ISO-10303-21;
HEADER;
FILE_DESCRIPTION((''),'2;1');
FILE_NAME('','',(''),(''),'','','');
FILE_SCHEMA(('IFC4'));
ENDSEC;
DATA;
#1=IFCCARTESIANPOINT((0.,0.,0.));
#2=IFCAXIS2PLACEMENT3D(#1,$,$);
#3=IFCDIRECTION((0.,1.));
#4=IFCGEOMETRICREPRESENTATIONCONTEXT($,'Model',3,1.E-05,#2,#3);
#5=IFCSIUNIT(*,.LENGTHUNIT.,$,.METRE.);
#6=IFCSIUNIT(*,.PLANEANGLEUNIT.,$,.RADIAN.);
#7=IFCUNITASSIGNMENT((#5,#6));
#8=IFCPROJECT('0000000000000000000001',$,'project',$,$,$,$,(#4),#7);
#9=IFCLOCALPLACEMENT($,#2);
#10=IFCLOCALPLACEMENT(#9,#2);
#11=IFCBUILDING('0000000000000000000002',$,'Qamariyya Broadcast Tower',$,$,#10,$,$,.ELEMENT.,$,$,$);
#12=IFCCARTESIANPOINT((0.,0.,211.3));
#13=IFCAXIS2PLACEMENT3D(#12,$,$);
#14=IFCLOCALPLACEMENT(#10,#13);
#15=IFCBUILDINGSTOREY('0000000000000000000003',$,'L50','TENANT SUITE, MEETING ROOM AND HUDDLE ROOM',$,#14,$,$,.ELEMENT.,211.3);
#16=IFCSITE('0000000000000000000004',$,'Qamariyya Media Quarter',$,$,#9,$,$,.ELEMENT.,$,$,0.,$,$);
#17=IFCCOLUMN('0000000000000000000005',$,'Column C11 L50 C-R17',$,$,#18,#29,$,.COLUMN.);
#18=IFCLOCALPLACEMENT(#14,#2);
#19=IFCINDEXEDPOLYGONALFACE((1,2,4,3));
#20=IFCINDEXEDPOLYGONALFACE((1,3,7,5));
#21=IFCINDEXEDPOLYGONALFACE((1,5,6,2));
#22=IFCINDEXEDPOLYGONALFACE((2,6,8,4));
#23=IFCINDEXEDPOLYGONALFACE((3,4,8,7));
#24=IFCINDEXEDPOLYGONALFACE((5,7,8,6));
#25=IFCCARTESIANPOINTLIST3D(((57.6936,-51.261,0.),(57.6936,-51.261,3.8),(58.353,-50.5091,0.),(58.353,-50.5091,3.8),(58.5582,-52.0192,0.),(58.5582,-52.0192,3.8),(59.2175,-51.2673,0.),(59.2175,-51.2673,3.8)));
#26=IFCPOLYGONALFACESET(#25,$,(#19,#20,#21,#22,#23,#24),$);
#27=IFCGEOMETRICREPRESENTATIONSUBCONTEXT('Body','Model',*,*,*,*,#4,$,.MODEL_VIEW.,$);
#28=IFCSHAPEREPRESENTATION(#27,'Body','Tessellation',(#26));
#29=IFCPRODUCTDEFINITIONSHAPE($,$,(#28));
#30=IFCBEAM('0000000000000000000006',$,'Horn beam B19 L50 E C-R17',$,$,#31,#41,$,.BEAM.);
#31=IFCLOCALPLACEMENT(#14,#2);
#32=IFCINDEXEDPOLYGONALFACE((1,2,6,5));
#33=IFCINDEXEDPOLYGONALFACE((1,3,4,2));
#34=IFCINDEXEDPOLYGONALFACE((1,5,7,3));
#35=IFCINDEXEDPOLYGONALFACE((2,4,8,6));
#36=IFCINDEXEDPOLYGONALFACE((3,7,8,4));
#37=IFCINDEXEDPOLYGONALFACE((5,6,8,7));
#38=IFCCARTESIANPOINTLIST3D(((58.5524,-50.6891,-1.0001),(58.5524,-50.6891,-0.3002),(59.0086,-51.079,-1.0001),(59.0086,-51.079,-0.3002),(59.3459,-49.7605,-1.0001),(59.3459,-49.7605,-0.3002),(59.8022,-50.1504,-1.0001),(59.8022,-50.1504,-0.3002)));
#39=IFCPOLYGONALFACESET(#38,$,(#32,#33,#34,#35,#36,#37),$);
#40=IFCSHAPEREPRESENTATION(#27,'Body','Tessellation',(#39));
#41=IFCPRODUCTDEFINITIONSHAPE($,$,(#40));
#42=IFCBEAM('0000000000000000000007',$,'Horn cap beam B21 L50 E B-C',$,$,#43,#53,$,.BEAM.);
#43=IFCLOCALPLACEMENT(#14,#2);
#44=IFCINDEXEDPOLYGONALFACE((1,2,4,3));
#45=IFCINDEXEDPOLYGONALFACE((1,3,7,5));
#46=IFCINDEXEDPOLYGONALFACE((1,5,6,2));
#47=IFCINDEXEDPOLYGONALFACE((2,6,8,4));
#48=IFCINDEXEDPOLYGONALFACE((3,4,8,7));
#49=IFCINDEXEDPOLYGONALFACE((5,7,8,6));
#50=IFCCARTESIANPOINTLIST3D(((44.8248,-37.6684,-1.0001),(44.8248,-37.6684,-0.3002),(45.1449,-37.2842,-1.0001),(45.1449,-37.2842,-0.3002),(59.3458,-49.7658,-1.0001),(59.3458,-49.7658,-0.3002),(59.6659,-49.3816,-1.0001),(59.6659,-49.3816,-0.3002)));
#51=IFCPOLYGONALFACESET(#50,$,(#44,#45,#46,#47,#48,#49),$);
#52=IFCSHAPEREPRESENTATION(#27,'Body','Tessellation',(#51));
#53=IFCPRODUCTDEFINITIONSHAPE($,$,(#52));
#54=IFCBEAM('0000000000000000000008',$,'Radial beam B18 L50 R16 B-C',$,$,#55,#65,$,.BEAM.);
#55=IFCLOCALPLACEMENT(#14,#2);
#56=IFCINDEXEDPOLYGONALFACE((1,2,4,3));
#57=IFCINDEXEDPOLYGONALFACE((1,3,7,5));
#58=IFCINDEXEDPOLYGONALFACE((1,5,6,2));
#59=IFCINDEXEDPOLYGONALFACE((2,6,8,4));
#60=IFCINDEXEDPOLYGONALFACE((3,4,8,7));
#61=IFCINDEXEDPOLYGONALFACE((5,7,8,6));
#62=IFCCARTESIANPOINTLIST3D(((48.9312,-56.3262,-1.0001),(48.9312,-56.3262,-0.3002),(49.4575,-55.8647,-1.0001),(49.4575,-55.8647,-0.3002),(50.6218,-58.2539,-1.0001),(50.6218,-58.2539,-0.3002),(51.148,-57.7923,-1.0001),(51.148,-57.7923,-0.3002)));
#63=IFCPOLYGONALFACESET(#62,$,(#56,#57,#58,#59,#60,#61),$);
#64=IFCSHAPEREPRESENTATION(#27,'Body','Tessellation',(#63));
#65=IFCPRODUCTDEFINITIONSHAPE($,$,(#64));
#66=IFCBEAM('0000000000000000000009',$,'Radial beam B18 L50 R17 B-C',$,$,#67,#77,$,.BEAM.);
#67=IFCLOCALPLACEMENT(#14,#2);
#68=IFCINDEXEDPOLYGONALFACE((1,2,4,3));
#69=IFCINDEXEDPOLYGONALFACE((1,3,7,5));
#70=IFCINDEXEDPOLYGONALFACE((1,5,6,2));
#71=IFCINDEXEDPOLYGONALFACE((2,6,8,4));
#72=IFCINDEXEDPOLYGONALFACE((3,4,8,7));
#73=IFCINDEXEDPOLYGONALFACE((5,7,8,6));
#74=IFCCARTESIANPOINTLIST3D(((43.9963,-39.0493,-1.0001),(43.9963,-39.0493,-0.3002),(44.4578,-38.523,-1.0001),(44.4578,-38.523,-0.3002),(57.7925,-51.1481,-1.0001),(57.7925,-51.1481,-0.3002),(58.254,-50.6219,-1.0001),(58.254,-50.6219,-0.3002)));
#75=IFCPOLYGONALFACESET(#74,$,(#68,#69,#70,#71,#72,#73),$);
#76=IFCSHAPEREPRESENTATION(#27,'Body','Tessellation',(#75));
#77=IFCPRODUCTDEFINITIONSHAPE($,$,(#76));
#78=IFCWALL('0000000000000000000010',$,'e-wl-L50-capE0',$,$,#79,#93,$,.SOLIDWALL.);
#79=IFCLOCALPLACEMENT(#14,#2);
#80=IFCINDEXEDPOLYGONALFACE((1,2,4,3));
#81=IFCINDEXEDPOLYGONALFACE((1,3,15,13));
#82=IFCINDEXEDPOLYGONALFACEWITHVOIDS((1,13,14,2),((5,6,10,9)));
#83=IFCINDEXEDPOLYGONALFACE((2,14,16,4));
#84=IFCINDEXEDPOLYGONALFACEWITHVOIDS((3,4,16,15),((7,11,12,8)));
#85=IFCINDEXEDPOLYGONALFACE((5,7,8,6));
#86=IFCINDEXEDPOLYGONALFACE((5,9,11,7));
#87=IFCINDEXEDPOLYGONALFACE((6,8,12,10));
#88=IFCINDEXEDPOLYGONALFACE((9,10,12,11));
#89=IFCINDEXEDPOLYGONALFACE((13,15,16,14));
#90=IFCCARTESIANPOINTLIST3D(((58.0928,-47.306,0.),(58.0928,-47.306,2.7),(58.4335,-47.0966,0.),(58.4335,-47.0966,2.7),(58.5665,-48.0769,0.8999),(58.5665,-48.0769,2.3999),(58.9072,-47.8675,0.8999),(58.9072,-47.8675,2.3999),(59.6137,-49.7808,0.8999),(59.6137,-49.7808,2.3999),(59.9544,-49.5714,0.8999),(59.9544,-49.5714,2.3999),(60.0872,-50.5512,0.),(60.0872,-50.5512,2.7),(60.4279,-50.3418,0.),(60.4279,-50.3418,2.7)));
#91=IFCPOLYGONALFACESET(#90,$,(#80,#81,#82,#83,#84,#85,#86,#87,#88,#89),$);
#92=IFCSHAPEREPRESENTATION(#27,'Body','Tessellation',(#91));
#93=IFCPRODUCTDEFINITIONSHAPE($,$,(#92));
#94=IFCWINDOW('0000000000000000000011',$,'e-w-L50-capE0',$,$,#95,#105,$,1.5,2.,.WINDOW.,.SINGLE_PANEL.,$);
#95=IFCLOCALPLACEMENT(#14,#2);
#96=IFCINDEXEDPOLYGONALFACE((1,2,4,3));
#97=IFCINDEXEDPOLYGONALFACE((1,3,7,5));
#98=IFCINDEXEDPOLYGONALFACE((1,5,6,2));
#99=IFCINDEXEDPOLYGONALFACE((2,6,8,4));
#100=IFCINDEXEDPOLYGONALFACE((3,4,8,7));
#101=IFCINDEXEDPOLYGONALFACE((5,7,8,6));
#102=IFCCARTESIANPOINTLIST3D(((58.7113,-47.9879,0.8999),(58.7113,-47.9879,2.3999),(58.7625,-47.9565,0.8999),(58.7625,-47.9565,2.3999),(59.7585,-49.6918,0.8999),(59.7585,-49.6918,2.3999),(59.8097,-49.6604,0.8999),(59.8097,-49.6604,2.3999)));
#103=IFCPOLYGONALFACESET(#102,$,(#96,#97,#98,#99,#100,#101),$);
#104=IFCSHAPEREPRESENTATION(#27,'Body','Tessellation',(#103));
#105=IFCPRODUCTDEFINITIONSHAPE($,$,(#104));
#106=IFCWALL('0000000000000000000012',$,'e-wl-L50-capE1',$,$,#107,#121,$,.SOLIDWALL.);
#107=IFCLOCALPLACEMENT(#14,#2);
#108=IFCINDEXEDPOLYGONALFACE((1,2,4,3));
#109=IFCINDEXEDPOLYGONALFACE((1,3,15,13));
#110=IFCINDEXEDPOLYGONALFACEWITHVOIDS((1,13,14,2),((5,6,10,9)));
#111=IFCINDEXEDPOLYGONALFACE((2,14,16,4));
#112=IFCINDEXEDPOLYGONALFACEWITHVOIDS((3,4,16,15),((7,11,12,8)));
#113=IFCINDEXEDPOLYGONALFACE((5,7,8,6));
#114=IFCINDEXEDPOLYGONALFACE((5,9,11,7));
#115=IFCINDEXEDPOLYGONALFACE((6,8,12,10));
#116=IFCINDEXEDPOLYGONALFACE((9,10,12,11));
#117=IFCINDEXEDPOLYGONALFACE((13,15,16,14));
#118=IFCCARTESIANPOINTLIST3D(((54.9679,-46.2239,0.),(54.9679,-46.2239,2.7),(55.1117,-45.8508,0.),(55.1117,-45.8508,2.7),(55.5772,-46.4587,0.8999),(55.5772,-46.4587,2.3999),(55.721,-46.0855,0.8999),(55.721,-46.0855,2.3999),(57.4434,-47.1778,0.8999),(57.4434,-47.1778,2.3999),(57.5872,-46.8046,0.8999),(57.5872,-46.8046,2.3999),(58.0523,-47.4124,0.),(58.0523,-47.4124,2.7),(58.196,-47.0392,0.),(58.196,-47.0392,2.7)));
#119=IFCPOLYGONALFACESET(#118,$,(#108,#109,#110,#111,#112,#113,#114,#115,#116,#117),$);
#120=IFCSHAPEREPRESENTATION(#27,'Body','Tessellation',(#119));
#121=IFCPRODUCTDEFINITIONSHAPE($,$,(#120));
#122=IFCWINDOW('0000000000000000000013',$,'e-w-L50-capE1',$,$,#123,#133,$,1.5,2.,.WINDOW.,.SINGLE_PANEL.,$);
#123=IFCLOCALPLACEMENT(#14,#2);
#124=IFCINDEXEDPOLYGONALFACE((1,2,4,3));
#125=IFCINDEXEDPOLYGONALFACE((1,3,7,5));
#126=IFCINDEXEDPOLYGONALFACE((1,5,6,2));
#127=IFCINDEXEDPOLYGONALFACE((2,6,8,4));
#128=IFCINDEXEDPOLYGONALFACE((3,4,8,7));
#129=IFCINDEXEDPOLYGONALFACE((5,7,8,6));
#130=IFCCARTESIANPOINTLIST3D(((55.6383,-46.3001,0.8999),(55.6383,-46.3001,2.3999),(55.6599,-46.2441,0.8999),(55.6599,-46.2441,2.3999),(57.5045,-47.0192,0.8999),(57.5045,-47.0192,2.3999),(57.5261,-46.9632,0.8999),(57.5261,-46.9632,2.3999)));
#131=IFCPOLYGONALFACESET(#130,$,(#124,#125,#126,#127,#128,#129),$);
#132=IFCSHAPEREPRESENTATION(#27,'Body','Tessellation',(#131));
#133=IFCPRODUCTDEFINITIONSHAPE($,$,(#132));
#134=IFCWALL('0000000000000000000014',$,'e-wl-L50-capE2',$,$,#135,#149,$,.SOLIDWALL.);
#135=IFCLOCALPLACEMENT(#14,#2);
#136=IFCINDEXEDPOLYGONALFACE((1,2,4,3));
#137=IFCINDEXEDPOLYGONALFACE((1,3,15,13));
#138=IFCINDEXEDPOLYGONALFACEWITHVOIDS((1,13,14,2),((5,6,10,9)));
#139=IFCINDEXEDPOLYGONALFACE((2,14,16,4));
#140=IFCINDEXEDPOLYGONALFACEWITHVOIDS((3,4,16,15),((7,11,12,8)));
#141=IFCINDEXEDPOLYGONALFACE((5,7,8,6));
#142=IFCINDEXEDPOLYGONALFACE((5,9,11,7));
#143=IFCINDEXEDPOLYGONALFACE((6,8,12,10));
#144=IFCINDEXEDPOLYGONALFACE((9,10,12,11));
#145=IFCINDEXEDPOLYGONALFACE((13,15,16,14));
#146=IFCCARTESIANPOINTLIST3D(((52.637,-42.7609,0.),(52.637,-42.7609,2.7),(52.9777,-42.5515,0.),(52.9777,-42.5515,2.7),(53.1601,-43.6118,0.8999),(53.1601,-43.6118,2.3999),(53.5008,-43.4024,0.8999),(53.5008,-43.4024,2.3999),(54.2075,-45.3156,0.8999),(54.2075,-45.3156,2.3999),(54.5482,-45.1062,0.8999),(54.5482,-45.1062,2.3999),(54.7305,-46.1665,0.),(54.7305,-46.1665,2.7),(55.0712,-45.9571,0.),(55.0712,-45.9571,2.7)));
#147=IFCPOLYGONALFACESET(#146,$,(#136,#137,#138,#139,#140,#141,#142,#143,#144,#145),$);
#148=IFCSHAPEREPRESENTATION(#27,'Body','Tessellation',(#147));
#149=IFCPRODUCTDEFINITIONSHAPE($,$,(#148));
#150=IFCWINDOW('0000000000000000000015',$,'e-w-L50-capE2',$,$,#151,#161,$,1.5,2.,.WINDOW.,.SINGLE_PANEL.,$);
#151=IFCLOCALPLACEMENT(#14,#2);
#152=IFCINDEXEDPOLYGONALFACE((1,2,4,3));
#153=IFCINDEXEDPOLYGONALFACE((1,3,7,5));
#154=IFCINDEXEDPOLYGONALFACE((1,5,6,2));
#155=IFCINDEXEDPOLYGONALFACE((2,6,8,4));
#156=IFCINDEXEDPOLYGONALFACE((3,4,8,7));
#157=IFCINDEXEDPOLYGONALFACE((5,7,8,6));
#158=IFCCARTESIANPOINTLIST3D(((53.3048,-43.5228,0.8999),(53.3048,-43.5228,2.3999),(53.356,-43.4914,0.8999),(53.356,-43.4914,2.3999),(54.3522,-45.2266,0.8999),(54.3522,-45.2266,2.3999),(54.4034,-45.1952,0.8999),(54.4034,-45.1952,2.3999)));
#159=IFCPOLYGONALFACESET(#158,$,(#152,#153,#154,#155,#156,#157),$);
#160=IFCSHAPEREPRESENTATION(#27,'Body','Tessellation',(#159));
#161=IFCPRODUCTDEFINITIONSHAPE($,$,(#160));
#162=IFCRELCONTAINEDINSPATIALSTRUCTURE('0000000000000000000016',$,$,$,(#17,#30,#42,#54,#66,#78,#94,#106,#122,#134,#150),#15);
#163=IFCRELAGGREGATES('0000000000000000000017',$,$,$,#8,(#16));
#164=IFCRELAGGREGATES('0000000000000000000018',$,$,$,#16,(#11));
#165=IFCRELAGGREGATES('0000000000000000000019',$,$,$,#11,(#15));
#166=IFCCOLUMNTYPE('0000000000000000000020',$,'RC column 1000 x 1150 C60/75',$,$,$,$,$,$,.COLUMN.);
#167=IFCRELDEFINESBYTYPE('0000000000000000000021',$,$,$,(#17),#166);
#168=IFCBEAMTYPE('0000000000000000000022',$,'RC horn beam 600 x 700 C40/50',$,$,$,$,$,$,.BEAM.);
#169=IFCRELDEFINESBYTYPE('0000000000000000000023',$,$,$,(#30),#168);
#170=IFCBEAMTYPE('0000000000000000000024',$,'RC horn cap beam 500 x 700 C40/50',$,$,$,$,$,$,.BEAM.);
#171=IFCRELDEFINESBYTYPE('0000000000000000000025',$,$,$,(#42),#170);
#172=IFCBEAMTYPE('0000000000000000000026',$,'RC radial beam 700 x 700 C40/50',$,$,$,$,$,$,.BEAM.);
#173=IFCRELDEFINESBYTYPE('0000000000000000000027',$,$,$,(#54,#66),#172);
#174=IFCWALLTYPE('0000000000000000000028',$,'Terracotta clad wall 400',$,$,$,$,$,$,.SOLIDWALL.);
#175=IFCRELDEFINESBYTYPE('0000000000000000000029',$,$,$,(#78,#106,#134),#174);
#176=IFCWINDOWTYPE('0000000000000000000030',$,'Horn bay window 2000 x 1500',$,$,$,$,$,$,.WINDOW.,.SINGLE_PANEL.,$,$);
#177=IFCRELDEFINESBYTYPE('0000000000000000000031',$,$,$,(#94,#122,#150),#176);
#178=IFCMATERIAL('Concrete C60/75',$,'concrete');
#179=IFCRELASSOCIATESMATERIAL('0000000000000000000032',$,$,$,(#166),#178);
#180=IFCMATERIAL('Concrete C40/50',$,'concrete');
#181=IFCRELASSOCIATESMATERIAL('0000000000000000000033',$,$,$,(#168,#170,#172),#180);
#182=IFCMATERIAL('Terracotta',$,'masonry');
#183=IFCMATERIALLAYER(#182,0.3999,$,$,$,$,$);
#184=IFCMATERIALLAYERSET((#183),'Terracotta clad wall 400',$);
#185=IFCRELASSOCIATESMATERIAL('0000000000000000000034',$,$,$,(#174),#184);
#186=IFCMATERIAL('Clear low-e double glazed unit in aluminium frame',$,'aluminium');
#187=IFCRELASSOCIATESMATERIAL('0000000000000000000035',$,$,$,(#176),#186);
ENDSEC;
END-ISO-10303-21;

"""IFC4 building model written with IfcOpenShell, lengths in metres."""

from ifc_helpers import new_model, si_unit, direction, frame, frame_2d, origin, origin_2d, place, context, subcontext, project, spatial, rectangle, extrude, material, layer, layer_set, material_profile, profile_set, type_object, element, fill, save


model = new_model("IFC4")

# Units and contexts
model_context = context("Model", 3, precision=1e-05, world=origin(), true_north=direction((0.0, 1.0)))
body_context = subcontext(model_context, "Body", "Model", "MODEL_VIEW")
ifc_project = project(units=[si_unit("LENGTHUNIT", "METRE"), si_unit("PLANEANGLEUNIT", "RADIAN")], contexts=[model_context])

# Site, building, storey
site_placement = place(None, origin())
site = spatial("IfcSite", under=ifc_project, at=site_placement, Name="Qamariyya Media Quarter", CompositionType="ELEMENT", RefElevation=0.0)
building_placement = place(site_placement, origin())
building = spatial("IfcBuilding", under=site, at=building_placement, Name="Qamariyya Broadcast Tower", CompositionType="ELEMENT")
storey_placement = place(building_placement, frame((0.0, 0.0, 211.3)))
storey = spatial("IfcBuildingStorey", under=building, at=storey_placement, Name="L50", Description="TENANT SUITE, MEETING ROOM AND HUDDLE ROOM", CompositionType="ELEMENT", Elevation=211.3)

# Column
ifc_material_1 = material(Name="Concrete C60/75", Category="concrete")
ifc_material_profile_1 = material_profile(ifc_material_1, rectangle(XDim=1.0, YDim=1.1499, at=origin_2d()))
ifc_profile_set_1 = profile_set([ifc_material_profile_1], Name="Concrete C60/75")
column_type = type_object("IfcColumnType", Name="RC column 1000 x 1150 C60/75", PredefinedType="COLUMN", material=ifc_profile_set_1)
column_placement = place(storey_placement, frame((58.4556, -51.2642, 0.0), z_axis=(0.0, 0.0, 1.0), x_axis=(0.659346, 0.75184, 0.0)))
element("IfcColumn", 1, at=column_placement, inside=storey, type_object=column_type, Name="Column C11 L50 C-R17", PredefinedType="COLUMN", context=body_context, shape_type="SweptSolid", body=[
    extrude(rectangle(XDim=1.0, YDim=1.1499, at=origin_2d()), origin(), (0.0, 0.0, 1.0), 3.8),
])

# Beams
ifc_material_2 = material(Name="Concrete C40/50", Category="concrete")
ifc_material_profile_2 = material_profile(ifc_material_2, rectangle(XDim=0.6001, YDim=0.7, at=origin_2d()))
ifc_profile_set_2 = profile_set([ifc_material_profile_2], Name="Concrete C40/50")
beam_type_1 = type_object("IfcBeamType", Name="RC horn beam 600 x 700 C40/50", PredefinedType="BEAM", material=ifc_profile_set_2)
beam_1_placement = place(storey_placement, frame((58.7805, -50.884, -0.6501), z_axis=(0.649671, 0.760215, 0.0), x_axis=(-0.760215, 0.649671, 0.0)))
element("IfcBeam", 2, at=beam_1_placement, inside=storey, type_object=beam_type_1, Name="Horn beam B19 L50 E C-R17", PredefinedType="BEAM", context=body_context, shape_type="SweptSolid", body=[
    extrude(rectangle(XDim=0.6001, YDim=0.7, at=origin_2d()), origin(), (0.0, 0.0, 1.0), 1.2214),
])
ifc_material_profile_3 = material_profile(ifc_material_2, rectangle(XDim=0.5, YDim=0.7, at=origin_2d()))
ifc_profile_set_3 = profile_set([ifc_material_profile_3], Name="Concrete C40/50")
beam_type_2 = type_object("IfcBeamType", Name="RC horn cap beam 500 x 700 C40/50", PredefinedType="BEAM", material=ifc_profile_set_3)
beam_2_placement = place(storey_placement, frame((44.9849, -37.4763, -0.6501), z_axis=(0.76831, -0.640078, 0.0), x_axis=(0.640078, 0.76831, 0.0)))
element("IfcBeam", 3, at=beam_2_placement, inside=storey, type_object=beam_type_2, Name="Horn cap beam B21 L50 E B-C", PredefinedType="BEAM", context=body_context, shape_type="SweptSolid", body=[
    extrude(rectangle(XDim=0.5, YDim=0.7, at=origin_2d()), origin(), (0.0, 0.0, 1.0), 18.8999),
])
ifc_material_profile_4 = material_profile(ifc_material_2, rectangle(XDim=0.7, YDim=0.7, at=origin_2d()))
ifc_profile_set_4 = profile_set([ifc_material_profile_4], Name="Concrete C40/50")
beam_type_3 = type_object("IfcBeamType", Name="RC radial beam 700 x 700 C40/50", PredefinedType="BEAM", material=ifc_profile_set_4)
beam_3_placement = place(storey_placement, frame((49.1943, -56.0955, -0.6501), z_axis=(0.659367, -0.751821, 0.0), x_axis=(0.751821, 0.659367, 0.0)))
element("IfcBeam", 4, at=beam_3_placement, inside=storey, type_object=beam_type_3, Name="Radial beam B18 L50 R16 B-C", PredefinedType="BEAM", context=body_context, shape_type="SweptSolid", body=[
    extrude(rectangle(XDim=0.7, YDim=0.7, at=origin_2d()), origin(), (0.0, 0.0, 1.0), 2.564),
])
beam_4_placement = place(storey_placement, frame((44.2271, -38.7861, -0.6501), z_axis=(0.75184, -0.659345, 0.0), x_axis=(0.659345, 0.75184, 0.0)))
element("IfcBeam", 5, at=beam_4_placement, inside=storey, type_object=beam_type_3, Name="Radial beam B18 L50 R17 B-C", PredefinedType="BEAM", context=body_context, shape_type="SweptSolid", body=[
    extrude(rectangle(XDim=0.7, YDim=0.7, at=origin_2d()), origin(), (0.0, 0.0, 1.0), 18.3499),
])

# Walls, openings, windows
ifc_material_3 = material(Name="Terracotta", Category="masonry")
ifc_layer = layer(ifc_material_3, 0.3999)
ifc_layer_set = layer_set([ifc_layer], Name="Terracotta clad wall 400")
wall_type = type_object("IfcWallType", Name="Terracotta clad wall 400", PredefinedType="SOLIDWALL", material=ifc_layer_set)
wall_1_placement = place(storey_placement, frame((60.2576, -50.4465, 0.0), z_axis=(0.0, 0.0, 1.0), x_axis=(-0.5236, 0.851964, 0.0)))
wall_1 = element("IfcWall", 6, at=wall_1_placement, inside=storey, type_object=wall_type, Name="e-wl-L50-capE0", PredefinedType="SOLIDWALL", context=body_context, shape_type="SweptSolid", body=[
    extrude(rectangle(XDim=3.8091, YDim=0.3999, at=frame_2d((1.9045, 0.0))), origin(), (0.0, 0.0, 1.0), 2.7),
])
opening_1_placement = place(wall_1_placement, frame((0.9043, 0.0, 0.8999)))
opening_1 = element("IfcOpeningElement", 7, at=opening_1_placement, cuts=wall_1, PredefinedType="OPENING", context=body_context, shape_type="SweptSolid", body=[
    extrude(rectangle(XDim=2.0, YDim=1.5, at=frame_2d((1.0, 0.75))), frame((0.0, 0.21, 0.0), z_axis=(0.0, -1.0, 0.0), x_axis=(1.0, 0.0, 0.0)), (0.0, 0.0, 1.0), 0.4199),
])
ifc_material_4 = material(Name="Clear low-e double glazed unit in aluminium frame", Category="aluminium")
window_type = type_object("IfcWindowType", Name="Horn bay window 2000 x 1500", PartitioningType="SINGLE_PANEL", PredefinedType="WINDOW", material=ifc_material_4)
window_1_placement = place(opening_1_placement, origin())
window_1 = element("IfcWindow", 8, at=window_1_placement, inside=storey, type_object=window_type, Name="e-w-L50-capE0", OverallHeight=1.5, OverallWidth=2.0, PartitioningType="SINGLE_PANEL", PredefinedType="WINDOW", context=body_context, shape_type="SweptSolid", body=[
    extrude(rectangle(XDim=2.0, YDim=1.5, at=frame_2d((1.0, 0.75))), frame((0.0, 0.03, 0.0), z_axis=(0.0, -1.0, 0.0), x_axis=(1.0, 0.0, 0.0)), (0.0, 0.0, 1.0), 0.0601),
])
fill(opening_1, window_1)
wall_2_placement = place(storey_placement, frame((58.1243, -47.2258, 0.0), z_axis=(0.0, 0.0, 1.0), x_axis=(-0.933128, 0.359543, 0.0)))
wall_2 = element("IfcWall", 9, at=wall_2_placement, inside=storey, type_object=wall_type, Name="e-wl-L50-capE1", PredefinedType="SOLIDWALL", context=body_context, shape_type="SweptSolid", body=[
    extrude(rectangle(XDim=3.3054, YDim=0.3999, at=frame_2d((1.6528, 0.0))), origin(), (0.0, 0.0, 1.0), 2.7),
])
opening_2_placement = place(wall_2_placement, frame((0.6526, 0.0, 0.8999)))
opening_2 = element("IfcOpeningElement", 10, at=opening_2_placement, cuts=wall_2, PredefinedType="OPENING", context=body_context, shape_type="SweptSolid", body=[
    extrude(rectangle(XDim=2.0, YDim=1.5, at=frame_2d((1.0, 0.75))), frame((0.0, 0.21, 0.0), z_axis=(0.0, -1.0, 0.0), x_axis=(1.0, 0.0, 0.0)), (0.0, 0.0, 1.0), 0.4199),
])
window_2_placement = place(opening_2_placement, origin())
window_2 = element("IfcWindow", 11, at=window_2_placement, inside=storey, type_object=window_type, Name="e-w-L50-capE1", OverallHeight=1.5, OverallWidth=2.0, PartitioningType="SINGLE_PANEL", PredefinedType="WINDOW", context=body_context, shape_type="SweptSolid", body=[
    extrude(rectangle(XDim=2.0, YDim=1.5, at=frame_2d((1.0, 0.75))), frame((0.0, 0.03, 0.0), z_axis=(0.0, -1.0, 0.0), x_axis=(1.0, 0.0, 0.0)), (0.0, 0.0, 1.0), 0.0601),
])
fill(opening_2, window_2)
wall_3_placement = place(storey_placement, frame((54.9009, -46.0618, 0.0), z_axis=(0.0, 0.0, 1.0), x_axis=(-0.523699, 0.851904, 0.0)))
wall_3 = element("IfcWall", 12, at=wall_3_placement, inside=storey, type_object=wall_type, Name="e-wl-L50-capE2", PredefinedType="SOLIDWALL", context=body_context, shape_type="SweptSolid", body=[
    extrude(rectangle(XDim=3.9976, YDim=0.3999, at=frame_2d((1.9988, 0.0))), origin(), (0.0, 0.0, 1.0), 2.7),
])
opening_3_placement = place(wall_3_placement, frame((0.9988, 0.0, 0.8999)))
opening_3 = element("IfcOpeningElement", 13, at=opening_3_placement, cuts=wall_3, PredefinedType="OPENING", context=body_context, shape_type="SweptSolid", body=[
    extrude(rectangle(XDim=2.0, YDim=1.5, at=frame_2d((1.0, 0.75))), frame((0.0, 0.21, 0.0), z_axis=(0.0, -1.0, 0.0), x_axis=(1.0, 0.0, 0.0)), (0.0, 0.0, 1.0), 0.4199),
])
window_3_placement = place(opening_3_placement, origin())
window_3 = element("IfcWindow", 14, at=window_3_placement, inside=storey, type_object=window_type, Name="e-w-L50-capE2", OverallHeight=1.5, OverallWidth=2.0, PartitioningType="SINGLE_PANEL", PredefinedType="WINDOW", context=body_context, shape_type="SweptSolid", body=[
    extrude(rectangle(XDim=2.0, YDim=1.5, at=frame_2d((1.0, 0.75))), frame((0.0, 0.03, 0.0), z_axis=(0.0, -1.0, 0.0), x_axis=(1.0, 0.0, 0.0)), (0.0, 0.0, 1.0), 0.0601),
])
fill(opening_3, window_3)

save(model, "model.ifc")
